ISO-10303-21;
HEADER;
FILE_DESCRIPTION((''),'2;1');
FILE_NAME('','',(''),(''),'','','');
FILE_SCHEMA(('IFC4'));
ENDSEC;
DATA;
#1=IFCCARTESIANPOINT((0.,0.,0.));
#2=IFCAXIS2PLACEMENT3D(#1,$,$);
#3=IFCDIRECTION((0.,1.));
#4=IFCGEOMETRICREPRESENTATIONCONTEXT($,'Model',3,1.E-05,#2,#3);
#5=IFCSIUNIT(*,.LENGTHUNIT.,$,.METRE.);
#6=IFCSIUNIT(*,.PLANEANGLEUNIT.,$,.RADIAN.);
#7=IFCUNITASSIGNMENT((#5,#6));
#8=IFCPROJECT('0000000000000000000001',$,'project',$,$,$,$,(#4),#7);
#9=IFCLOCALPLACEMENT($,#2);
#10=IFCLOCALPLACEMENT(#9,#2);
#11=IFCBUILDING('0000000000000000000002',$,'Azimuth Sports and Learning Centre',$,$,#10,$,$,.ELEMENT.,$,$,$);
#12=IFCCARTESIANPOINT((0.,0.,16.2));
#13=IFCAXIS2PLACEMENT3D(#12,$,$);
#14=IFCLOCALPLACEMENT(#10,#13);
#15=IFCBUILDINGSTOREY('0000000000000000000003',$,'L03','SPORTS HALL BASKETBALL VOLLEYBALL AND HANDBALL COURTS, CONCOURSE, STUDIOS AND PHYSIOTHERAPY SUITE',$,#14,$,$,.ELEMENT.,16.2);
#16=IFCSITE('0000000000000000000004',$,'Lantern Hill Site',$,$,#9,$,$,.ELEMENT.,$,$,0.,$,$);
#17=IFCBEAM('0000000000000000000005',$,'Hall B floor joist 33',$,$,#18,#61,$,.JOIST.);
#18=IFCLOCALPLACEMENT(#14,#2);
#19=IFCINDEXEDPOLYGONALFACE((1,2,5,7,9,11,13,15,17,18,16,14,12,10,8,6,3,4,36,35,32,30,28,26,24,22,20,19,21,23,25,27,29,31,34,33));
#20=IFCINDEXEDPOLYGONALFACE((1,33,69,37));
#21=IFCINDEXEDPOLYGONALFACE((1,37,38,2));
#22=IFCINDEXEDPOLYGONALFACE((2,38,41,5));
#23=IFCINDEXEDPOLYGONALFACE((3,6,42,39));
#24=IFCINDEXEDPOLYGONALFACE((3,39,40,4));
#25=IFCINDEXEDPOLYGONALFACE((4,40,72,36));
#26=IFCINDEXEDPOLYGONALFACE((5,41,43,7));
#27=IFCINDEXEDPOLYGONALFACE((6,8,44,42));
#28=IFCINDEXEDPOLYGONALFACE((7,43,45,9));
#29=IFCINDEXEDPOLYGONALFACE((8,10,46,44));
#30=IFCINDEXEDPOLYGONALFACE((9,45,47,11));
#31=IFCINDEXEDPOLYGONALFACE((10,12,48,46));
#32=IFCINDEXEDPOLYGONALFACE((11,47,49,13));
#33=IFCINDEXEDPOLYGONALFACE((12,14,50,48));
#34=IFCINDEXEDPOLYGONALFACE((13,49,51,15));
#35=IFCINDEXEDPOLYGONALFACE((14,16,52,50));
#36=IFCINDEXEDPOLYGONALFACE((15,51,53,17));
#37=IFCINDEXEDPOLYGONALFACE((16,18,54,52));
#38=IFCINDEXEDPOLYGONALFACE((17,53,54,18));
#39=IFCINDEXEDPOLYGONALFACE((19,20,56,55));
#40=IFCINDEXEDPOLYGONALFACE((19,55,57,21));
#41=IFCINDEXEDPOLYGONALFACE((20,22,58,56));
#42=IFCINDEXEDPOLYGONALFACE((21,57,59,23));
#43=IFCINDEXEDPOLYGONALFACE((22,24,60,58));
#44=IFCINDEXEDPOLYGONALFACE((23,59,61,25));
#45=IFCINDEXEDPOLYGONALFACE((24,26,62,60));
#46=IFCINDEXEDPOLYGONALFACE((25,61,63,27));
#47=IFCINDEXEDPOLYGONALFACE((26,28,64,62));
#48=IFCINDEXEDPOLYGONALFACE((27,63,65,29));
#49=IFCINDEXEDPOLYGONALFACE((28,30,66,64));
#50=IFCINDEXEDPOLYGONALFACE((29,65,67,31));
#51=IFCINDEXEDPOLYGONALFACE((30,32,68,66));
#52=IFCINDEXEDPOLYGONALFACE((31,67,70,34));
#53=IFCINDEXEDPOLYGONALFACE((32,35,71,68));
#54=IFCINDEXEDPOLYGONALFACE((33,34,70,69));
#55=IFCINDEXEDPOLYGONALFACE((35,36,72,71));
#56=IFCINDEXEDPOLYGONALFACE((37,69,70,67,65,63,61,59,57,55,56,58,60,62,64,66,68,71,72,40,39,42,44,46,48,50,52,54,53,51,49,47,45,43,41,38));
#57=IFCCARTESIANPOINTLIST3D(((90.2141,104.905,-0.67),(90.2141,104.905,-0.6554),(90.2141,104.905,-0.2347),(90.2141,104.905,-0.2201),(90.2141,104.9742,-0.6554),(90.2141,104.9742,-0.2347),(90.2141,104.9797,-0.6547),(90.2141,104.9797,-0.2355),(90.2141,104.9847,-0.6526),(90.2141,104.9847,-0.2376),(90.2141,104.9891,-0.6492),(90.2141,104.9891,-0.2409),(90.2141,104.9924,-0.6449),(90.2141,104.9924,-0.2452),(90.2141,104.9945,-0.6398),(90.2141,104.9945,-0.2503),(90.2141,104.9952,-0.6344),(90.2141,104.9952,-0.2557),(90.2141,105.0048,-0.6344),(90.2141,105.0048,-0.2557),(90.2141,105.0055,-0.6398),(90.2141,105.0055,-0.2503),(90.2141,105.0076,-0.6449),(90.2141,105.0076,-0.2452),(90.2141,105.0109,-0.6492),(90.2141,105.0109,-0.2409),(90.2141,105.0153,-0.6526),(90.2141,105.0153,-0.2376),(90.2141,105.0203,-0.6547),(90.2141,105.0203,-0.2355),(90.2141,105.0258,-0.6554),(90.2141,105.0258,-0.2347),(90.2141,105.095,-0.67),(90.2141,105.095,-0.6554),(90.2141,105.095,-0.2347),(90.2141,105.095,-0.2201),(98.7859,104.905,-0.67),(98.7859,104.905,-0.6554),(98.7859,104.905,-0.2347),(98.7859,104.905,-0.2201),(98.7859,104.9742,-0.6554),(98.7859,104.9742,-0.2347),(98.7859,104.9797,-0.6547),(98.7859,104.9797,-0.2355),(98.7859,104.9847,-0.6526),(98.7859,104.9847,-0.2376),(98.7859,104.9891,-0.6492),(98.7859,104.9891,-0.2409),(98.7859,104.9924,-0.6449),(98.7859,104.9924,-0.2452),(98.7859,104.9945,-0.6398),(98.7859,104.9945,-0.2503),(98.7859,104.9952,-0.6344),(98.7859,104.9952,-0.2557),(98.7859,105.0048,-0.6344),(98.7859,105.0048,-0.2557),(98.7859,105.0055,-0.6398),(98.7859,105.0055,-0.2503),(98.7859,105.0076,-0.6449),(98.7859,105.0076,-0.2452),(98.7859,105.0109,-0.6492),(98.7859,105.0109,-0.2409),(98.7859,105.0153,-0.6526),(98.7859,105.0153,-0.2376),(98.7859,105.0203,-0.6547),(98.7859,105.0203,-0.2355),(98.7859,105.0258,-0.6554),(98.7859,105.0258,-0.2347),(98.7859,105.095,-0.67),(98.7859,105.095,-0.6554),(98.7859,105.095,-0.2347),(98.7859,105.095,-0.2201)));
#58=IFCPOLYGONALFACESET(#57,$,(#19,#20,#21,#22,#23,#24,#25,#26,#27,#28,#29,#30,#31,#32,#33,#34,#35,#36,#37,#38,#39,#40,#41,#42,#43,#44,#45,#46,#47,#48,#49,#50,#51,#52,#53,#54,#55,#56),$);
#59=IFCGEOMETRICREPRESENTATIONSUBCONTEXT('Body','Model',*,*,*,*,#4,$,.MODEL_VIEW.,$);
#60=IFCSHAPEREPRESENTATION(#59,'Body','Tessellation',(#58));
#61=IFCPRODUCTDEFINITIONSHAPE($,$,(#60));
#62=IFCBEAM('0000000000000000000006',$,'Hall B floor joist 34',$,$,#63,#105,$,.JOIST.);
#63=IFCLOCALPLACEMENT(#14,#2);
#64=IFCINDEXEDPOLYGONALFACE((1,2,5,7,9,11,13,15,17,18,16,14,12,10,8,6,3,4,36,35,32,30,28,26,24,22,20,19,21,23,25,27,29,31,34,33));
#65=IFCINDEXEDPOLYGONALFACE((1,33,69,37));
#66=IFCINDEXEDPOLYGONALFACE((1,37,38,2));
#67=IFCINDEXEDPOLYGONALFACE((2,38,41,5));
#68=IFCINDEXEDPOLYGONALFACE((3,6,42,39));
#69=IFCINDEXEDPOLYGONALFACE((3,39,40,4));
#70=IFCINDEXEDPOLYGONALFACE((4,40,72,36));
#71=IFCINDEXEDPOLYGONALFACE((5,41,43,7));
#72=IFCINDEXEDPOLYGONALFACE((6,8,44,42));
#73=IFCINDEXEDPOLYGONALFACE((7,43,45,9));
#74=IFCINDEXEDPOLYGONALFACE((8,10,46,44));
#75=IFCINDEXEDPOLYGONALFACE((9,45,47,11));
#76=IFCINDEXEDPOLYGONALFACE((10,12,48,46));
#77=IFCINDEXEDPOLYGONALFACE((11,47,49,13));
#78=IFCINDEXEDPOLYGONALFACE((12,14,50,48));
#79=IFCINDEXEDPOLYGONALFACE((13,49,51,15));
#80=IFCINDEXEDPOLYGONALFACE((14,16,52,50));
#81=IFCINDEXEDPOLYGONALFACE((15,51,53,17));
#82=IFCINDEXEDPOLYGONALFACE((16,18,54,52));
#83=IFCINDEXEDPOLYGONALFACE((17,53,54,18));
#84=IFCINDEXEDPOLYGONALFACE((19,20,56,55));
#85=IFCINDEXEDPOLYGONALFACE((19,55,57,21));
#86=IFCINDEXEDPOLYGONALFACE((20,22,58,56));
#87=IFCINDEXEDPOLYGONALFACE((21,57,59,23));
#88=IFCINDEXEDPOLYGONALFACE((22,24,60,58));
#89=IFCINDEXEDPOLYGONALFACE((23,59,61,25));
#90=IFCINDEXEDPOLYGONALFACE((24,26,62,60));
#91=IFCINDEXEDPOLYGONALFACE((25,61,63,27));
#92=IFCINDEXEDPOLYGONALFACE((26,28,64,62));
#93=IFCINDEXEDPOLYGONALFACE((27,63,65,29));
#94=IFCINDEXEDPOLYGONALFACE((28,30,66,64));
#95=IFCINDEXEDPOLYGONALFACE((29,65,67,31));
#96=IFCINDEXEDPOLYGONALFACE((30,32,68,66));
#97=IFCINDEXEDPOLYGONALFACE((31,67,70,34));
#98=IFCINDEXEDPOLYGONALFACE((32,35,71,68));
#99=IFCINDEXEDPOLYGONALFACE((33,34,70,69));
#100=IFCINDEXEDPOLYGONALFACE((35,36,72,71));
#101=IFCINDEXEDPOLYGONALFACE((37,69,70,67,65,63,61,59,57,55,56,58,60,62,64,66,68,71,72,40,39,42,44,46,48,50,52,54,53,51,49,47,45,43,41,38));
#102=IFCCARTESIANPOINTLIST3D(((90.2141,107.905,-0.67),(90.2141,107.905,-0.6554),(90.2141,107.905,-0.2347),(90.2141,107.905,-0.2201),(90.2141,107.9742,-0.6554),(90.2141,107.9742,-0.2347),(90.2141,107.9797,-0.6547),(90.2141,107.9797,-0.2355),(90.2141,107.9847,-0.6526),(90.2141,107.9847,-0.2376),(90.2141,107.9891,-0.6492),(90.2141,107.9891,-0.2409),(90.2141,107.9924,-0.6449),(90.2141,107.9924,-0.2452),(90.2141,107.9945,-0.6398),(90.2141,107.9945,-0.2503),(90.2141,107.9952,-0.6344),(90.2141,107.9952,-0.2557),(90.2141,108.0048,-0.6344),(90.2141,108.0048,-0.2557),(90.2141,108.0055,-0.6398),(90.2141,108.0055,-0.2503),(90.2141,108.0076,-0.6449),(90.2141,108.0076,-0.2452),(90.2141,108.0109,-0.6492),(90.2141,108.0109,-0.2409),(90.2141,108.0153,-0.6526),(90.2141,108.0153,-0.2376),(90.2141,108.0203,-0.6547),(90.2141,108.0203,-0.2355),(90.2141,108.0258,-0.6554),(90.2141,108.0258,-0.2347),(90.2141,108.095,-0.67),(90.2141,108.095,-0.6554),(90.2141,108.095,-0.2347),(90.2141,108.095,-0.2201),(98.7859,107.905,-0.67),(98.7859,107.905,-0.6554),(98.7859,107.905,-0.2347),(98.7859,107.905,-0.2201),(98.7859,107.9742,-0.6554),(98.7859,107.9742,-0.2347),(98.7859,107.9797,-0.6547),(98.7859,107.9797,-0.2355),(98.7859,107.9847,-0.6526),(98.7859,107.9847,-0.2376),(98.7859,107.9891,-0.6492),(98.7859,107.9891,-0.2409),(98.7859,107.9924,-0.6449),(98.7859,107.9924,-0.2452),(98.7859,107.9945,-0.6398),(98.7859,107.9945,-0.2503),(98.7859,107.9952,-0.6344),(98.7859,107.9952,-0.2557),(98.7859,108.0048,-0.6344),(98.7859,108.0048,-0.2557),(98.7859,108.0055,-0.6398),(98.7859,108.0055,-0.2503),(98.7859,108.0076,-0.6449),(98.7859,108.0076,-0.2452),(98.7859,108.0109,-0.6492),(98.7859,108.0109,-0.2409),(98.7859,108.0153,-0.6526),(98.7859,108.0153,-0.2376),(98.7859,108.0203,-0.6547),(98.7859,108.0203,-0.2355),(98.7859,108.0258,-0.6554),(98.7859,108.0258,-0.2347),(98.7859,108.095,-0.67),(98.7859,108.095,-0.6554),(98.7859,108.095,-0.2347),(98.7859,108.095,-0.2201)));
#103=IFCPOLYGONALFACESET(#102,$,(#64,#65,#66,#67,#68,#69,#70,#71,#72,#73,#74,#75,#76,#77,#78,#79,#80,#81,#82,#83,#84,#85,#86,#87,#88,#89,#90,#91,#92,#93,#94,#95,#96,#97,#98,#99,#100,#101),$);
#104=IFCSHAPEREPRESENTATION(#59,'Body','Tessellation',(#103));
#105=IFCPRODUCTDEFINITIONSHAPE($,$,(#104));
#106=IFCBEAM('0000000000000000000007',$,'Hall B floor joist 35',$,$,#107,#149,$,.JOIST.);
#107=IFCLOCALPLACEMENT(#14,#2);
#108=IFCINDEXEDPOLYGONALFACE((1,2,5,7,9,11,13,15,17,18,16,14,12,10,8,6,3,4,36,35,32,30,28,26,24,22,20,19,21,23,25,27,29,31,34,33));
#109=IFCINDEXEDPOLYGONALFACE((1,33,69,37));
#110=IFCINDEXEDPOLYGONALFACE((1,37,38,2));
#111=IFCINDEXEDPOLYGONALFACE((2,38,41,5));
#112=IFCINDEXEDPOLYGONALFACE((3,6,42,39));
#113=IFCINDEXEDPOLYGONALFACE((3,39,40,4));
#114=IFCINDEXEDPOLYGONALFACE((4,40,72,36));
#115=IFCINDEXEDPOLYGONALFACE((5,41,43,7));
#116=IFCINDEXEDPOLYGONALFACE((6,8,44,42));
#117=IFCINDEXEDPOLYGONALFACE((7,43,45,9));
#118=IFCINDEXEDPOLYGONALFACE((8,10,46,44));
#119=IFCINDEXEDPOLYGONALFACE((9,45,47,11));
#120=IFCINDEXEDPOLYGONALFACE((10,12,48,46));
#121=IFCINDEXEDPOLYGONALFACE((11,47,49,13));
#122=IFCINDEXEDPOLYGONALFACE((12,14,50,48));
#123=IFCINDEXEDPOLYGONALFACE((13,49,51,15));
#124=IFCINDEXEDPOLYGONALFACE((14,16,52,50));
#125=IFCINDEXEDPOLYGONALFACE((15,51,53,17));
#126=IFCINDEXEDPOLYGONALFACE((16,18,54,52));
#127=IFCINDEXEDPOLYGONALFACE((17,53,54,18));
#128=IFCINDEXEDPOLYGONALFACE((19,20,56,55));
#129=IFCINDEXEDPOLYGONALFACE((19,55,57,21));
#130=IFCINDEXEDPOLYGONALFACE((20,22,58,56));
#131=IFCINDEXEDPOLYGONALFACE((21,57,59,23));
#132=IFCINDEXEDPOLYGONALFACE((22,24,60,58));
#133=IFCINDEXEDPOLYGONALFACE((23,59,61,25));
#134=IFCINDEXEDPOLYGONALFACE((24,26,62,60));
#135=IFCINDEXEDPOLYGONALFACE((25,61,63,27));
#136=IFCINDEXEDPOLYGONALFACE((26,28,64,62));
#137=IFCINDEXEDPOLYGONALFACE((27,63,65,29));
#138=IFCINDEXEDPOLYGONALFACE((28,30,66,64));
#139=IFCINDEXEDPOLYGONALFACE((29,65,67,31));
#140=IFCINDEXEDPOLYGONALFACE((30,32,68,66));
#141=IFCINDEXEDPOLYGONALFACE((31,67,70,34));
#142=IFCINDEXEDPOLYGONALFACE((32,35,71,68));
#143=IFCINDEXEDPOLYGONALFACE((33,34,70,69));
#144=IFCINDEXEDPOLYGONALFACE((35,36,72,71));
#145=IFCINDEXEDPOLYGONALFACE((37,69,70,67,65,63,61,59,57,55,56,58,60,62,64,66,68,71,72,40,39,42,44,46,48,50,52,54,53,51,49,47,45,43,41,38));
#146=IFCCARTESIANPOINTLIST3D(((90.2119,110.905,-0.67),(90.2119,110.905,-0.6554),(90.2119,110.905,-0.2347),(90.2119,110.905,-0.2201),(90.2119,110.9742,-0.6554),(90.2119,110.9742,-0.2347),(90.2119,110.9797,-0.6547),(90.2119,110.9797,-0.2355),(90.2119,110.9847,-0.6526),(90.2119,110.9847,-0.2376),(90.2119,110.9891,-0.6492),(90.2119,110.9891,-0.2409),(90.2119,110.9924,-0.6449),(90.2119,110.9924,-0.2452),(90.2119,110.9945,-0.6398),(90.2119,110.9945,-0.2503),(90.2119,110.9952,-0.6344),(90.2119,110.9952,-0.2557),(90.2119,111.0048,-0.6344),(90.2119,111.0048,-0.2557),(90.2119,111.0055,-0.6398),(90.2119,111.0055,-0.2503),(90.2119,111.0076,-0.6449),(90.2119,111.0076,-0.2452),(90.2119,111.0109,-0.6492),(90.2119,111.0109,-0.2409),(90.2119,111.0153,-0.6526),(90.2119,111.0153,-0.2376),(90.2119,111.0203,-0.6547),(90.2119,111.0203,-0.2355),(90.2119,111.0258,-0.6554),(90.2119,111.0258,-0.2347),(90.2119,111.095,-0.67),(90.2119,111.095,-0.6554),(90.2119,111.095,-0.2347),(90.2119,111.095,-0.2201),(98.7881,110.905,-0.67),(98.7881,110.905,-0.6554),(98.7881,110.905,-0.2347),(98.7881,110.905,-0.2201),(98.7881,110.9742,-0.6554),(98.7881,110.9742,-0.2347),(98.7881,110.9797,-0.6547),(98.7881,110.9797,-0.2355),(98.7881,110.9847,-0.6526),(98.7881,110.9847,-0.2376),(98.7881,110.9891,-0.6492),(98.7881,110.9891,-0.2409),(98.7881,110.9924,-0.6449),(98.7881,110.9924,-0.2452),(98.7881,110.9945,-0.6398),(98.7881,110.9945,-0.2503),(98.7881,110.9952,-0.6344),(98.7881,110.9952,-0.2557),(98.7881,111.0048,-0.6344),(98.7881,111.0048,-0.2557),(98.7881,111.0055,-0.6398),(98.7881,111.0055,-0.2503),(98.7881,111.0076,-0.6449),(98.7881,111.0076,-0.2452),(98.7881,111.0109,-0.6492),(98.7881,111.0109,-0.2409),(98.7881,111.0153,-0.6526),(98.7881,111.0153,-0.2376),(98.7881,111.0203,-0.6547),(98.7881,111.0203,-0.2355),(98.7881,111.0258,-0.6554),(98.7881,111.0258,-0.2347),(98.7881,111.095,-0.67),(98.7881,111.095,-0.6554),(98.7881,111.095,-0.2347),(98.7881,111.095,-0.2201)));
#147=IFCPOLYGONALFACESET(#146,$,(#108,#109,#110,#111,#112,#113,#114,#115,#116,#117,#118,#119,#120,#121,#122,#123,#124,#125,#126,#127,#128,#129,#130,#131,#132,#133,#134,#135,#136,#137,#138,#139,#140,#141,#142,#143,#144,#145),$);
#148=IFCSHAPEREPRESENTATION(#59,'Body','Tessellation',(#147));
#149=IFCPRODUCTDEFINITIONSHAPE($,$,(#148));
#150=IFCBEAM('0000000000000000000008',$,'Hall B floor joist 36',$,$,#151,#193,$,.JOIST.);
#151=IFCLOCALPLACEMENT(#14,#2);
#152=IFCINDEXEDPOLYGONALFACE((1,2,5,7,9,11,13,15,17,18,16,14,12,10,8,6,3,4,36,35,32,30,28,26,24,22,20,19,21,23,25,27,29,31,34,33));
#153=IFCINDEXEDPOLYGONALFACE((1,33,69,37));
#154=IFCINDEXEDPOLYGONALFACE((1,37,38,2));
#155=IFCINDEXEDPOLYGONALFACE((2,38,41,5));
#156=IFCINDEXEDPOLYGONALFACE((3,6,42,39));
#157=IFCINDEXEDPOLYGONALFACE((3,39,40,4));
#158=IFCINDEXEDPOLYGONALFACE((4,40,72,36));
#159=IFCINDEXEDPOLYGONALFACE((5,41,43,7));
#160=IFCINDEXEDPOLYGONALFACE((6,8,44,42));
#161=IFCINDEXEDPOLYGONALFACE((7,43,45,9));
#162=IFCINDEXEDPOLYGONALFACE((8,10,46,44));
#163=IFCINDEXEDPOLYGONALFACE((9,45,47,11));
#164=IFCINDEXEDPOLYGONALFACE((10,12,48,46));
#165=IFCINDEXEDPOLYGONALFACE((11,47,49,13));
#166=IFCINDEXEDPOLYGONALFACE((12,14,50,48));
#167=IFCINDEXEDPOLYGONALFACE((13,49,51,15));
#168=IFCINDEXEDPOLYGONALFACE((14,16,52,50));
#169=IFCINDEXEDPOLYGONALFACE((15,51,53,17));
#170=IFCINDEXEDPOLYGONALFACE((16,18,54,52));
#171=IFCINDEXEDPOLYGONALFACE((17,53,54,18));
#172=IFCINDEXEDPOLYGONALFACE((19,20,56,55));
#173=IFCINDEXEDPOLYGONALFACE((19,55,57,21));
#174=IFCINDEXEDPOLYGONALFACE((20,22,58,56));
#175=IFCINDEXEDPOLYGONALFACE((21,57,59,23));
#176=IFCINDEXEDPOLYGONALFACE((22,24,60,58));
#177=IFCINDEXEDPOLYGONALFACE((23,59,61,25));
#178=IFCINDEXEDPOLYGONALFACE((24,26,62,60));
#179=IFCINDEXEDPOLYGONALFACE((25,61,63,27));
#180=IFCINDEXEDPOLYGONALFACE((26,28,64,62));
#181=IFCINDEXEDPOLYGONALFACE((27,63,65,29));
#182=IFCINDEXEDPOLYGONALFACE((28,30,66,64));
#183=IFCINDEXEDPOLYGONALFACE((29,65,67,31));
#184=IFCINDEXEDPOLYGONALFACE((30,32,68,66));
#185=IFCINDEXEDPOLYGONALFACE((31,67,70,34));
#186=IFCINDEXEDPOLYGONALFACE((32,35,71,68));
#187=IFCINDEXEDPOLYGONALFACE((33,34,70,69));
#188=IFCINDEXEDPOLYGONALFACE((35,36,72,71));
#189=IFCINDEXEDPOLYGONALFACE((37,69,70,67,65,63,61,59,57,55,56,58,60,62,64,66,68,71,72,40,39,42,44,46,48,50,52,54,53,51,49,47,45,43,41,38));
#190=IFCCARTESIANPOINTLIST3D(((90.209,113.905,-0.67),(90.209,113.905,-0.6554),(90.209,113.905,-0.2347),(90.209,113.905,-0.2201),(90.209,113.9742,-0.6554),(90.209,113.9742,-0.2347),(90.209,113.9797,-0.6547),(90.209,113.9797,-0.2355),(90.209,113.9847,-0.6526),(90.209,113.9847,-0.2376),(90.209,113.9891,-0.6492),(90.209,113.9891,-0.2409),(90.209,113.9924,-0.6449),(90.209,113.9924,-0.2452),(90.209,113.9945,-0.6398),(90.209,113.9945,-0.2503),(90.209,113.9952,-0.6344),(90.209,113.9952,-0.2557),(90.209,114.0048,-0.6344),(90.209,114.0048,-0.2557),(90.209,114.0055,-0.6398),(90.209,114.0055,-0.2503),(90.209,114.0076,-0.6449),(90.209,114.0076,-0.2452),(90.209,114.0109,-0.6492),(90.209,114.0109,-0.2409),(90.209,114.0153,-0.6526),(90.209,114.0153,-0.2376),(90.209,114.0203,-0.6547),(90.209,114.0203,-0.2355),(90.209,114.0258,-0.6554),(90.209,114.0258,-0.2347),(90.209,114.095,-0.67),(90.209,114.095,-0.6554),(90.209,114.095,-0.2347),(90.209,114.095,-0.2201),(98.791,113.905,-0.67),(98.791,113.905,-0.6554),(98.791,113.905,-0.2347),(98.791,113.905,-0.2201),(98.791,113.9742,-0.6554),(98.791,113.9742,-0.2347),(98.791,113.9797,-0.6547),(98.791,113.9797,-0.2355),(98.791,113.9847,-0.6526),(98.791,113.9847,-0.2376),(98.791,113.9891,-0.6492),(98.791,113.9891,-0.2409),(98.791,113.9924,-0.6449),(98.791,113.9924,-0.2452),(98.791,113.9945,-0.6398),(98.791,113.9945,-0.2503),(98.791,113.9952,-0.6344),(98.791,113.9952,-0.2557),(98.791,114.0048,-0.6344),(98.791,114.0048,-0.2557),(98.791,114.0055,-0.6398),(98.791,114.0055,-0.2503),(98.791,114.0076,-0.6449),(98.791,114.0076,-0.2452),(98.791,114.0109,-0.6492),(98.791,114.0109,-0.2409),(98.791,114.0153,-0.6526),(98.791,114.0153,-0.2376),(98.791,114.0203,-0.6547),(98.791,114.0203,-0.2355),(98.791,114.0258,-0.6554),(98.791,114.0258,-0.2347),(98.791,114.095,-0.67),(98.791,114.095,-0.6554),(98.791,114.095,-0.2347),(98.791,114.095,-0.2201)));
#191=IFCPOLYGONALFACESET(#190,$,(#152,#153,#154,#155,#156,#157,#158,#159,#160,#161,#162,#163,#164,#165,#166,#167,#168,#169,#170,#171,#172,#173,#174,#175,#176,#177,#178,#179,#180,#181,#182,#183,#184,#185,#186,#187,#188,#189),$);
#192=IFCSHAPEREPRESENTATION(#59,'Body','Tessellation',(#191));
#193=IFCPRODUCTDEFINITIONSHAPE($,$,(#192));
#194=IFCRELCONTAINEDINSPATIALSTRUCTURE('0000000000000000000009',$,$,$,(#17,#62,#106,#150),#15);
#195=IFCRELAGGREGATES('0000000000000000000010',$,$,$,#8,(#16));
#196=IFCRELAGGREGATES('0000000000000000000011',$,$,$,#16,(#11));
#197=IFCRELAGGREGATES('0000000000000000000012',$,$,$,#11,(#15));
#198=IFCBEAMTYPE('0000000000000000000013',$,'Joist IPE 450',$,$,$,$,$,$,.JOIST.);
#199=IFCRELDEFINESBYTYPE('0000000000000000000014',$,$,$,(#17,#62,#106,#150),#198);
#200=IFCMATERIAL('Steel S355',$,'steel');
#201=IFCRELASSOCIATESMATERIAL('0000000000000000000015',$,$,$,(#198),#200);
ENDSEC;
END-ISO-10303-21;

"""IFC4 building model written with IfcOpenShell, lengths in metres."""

from ifc_helpers import new_model, si_unit, direction, frame, origin, origin_2d, place, context, subcontext, project, spatial, i_section, extrude, material, material_profile, profile_set, type_object, element, save


model = new_model("IFC4")

# Units and contexts
model_context = context("Model", 3, precision=1e-05, world=origin(), true_north=direction((0.0, 1.0)))
body_context = subcontext(model_context, "Body", "Model", "MODEL_VIEW")
ifc_project = project(units=[si_unit("LENGTHUNIT", "METRE"), si_unit("PLANEANGLEUNIT", "RADIAN")], contexts=[model_context])

# Site, building, storey
site_placement = place(None, origin())
site = spatial("IfcSite", under=ifc_project, at=site_placement, Name="Lantern Hill Site", CompositionType="ELEMENT", RefElevation=0.0)
building_placement = place(site_placement, origin())
building = spatial("IfcBuilding", under=site, at=building_placement, Name="Azimuth Sports and Learning Centre", CompositionType="ELEMENT")
storey_placement = place(building_placement, frame((0.0, 0.0, 16.2)))
storey = spatial("IfcBuildingStorey", under=building, at=storey_placement, Name="L03", Description="SPORTS HALL BASKETBALL VOLLEYBALL AND HANDBALL COURTS, CONCOURSE, STUDIOS AND PHYSIOTHERAPY SUITE", CompositionType="ELEMENT", Elevation=16.2)

# Beams
ifc_material_1 = material(Name="Steel S355", Category="steel")
ifc_material_profile_1 = material_profile(ifc_material_1, i_section(OverallWidth=0.1899, OverallDepth=0.45, WebThickness=0.0095, FlangeThickness=0.0146, FilletRadius=0.021, at=origin_2d()), Name="IPE 450")
ifc_profile_set_1 = profile_set([ifc_material_profile_1], Name="Steel S355")
beam_type_1 = type_object("IfcBeamType", Name="Joist IPE 450", PredefinedType="JOIST", material=ifc_profile_set_1)
for number, where, z_axis, x_axis, name in (
    (1, (90.2141, 105.0, -0.4451), (1.0, 0.0, 0.0), (0.0, 1.0, 0.0), "Hall B floor joist 33"),
    (2, (90.2141, 108.0, -0.4451), (1.0, 0.0, 0.0), (0.0, 1.0, 0.0), "Hall B floor joist 34"),
):
    element("IfcBeam", number, at=place(storey_placement, frame(where, z_axis=z_axis, x_axis=x_axis)), inside=storey, type_object=beam_type_1, Name=name, PredefinedType="JOIST", context=body_context, shape_type="SweptSolid", body=[
        extrude(i_section(OverallWidth=0.1899, OverallDepth=0.45, WebThickness=0.0095, FlangeThickness=0.0146, FilletRadius=0.021, at=origin_2d()), origin(), (0.0, 0.0, 1.0), 8.5718),
    ])
beam_1_placement = place(storey_placement, frame((90.2119, 111.0, -0.4451), z_axis=(1.0, 0.0, 0.0), x_axis=(0.0, 1.0, 0.0)))
element("IfcBeam", 3, at=beam_1_placement, inside=storey, type_object=beam_type_1, Name="Hall B floor joist 35", PredefinedType="JOIST", context=body_context, shape_type="SweptSolid", body=[
    extrude(i_section(OverallWidth=0.1899, OverallDepth=0.45, WebThickness=0.0095, FlangeThickness=0.0146, FilletRadius=0.021, at=origin_2d()), origin(), (0.0, 0.0, 1.0), 8.5762),
])
beam_2_placement = place(storey_placement, frame((90.209, 114.0, -0.4451), z_axis=(1.0, 0.0, 0.0), x_axis=(0.0, 1.0, 0.0)))
element("IfcBeam", 4, at=beam_2_placement, inside=storey, type_object=beam_type_1, Name="Hall B floor joist 36", PredefinedType="JOIST", context=body_context, shape_type="SweptSolid", body=[
    extrude(i_section(OverallWidth=0.1899, OverallDepth=0.45, WebThickness=0.0095, FlangeThickness=0.0146, FilletRadius=0.021, at=origin_2d()), origin(), (0.0, 0.0, 1.0), 8.582),
])

save(model, "model.ifc")
